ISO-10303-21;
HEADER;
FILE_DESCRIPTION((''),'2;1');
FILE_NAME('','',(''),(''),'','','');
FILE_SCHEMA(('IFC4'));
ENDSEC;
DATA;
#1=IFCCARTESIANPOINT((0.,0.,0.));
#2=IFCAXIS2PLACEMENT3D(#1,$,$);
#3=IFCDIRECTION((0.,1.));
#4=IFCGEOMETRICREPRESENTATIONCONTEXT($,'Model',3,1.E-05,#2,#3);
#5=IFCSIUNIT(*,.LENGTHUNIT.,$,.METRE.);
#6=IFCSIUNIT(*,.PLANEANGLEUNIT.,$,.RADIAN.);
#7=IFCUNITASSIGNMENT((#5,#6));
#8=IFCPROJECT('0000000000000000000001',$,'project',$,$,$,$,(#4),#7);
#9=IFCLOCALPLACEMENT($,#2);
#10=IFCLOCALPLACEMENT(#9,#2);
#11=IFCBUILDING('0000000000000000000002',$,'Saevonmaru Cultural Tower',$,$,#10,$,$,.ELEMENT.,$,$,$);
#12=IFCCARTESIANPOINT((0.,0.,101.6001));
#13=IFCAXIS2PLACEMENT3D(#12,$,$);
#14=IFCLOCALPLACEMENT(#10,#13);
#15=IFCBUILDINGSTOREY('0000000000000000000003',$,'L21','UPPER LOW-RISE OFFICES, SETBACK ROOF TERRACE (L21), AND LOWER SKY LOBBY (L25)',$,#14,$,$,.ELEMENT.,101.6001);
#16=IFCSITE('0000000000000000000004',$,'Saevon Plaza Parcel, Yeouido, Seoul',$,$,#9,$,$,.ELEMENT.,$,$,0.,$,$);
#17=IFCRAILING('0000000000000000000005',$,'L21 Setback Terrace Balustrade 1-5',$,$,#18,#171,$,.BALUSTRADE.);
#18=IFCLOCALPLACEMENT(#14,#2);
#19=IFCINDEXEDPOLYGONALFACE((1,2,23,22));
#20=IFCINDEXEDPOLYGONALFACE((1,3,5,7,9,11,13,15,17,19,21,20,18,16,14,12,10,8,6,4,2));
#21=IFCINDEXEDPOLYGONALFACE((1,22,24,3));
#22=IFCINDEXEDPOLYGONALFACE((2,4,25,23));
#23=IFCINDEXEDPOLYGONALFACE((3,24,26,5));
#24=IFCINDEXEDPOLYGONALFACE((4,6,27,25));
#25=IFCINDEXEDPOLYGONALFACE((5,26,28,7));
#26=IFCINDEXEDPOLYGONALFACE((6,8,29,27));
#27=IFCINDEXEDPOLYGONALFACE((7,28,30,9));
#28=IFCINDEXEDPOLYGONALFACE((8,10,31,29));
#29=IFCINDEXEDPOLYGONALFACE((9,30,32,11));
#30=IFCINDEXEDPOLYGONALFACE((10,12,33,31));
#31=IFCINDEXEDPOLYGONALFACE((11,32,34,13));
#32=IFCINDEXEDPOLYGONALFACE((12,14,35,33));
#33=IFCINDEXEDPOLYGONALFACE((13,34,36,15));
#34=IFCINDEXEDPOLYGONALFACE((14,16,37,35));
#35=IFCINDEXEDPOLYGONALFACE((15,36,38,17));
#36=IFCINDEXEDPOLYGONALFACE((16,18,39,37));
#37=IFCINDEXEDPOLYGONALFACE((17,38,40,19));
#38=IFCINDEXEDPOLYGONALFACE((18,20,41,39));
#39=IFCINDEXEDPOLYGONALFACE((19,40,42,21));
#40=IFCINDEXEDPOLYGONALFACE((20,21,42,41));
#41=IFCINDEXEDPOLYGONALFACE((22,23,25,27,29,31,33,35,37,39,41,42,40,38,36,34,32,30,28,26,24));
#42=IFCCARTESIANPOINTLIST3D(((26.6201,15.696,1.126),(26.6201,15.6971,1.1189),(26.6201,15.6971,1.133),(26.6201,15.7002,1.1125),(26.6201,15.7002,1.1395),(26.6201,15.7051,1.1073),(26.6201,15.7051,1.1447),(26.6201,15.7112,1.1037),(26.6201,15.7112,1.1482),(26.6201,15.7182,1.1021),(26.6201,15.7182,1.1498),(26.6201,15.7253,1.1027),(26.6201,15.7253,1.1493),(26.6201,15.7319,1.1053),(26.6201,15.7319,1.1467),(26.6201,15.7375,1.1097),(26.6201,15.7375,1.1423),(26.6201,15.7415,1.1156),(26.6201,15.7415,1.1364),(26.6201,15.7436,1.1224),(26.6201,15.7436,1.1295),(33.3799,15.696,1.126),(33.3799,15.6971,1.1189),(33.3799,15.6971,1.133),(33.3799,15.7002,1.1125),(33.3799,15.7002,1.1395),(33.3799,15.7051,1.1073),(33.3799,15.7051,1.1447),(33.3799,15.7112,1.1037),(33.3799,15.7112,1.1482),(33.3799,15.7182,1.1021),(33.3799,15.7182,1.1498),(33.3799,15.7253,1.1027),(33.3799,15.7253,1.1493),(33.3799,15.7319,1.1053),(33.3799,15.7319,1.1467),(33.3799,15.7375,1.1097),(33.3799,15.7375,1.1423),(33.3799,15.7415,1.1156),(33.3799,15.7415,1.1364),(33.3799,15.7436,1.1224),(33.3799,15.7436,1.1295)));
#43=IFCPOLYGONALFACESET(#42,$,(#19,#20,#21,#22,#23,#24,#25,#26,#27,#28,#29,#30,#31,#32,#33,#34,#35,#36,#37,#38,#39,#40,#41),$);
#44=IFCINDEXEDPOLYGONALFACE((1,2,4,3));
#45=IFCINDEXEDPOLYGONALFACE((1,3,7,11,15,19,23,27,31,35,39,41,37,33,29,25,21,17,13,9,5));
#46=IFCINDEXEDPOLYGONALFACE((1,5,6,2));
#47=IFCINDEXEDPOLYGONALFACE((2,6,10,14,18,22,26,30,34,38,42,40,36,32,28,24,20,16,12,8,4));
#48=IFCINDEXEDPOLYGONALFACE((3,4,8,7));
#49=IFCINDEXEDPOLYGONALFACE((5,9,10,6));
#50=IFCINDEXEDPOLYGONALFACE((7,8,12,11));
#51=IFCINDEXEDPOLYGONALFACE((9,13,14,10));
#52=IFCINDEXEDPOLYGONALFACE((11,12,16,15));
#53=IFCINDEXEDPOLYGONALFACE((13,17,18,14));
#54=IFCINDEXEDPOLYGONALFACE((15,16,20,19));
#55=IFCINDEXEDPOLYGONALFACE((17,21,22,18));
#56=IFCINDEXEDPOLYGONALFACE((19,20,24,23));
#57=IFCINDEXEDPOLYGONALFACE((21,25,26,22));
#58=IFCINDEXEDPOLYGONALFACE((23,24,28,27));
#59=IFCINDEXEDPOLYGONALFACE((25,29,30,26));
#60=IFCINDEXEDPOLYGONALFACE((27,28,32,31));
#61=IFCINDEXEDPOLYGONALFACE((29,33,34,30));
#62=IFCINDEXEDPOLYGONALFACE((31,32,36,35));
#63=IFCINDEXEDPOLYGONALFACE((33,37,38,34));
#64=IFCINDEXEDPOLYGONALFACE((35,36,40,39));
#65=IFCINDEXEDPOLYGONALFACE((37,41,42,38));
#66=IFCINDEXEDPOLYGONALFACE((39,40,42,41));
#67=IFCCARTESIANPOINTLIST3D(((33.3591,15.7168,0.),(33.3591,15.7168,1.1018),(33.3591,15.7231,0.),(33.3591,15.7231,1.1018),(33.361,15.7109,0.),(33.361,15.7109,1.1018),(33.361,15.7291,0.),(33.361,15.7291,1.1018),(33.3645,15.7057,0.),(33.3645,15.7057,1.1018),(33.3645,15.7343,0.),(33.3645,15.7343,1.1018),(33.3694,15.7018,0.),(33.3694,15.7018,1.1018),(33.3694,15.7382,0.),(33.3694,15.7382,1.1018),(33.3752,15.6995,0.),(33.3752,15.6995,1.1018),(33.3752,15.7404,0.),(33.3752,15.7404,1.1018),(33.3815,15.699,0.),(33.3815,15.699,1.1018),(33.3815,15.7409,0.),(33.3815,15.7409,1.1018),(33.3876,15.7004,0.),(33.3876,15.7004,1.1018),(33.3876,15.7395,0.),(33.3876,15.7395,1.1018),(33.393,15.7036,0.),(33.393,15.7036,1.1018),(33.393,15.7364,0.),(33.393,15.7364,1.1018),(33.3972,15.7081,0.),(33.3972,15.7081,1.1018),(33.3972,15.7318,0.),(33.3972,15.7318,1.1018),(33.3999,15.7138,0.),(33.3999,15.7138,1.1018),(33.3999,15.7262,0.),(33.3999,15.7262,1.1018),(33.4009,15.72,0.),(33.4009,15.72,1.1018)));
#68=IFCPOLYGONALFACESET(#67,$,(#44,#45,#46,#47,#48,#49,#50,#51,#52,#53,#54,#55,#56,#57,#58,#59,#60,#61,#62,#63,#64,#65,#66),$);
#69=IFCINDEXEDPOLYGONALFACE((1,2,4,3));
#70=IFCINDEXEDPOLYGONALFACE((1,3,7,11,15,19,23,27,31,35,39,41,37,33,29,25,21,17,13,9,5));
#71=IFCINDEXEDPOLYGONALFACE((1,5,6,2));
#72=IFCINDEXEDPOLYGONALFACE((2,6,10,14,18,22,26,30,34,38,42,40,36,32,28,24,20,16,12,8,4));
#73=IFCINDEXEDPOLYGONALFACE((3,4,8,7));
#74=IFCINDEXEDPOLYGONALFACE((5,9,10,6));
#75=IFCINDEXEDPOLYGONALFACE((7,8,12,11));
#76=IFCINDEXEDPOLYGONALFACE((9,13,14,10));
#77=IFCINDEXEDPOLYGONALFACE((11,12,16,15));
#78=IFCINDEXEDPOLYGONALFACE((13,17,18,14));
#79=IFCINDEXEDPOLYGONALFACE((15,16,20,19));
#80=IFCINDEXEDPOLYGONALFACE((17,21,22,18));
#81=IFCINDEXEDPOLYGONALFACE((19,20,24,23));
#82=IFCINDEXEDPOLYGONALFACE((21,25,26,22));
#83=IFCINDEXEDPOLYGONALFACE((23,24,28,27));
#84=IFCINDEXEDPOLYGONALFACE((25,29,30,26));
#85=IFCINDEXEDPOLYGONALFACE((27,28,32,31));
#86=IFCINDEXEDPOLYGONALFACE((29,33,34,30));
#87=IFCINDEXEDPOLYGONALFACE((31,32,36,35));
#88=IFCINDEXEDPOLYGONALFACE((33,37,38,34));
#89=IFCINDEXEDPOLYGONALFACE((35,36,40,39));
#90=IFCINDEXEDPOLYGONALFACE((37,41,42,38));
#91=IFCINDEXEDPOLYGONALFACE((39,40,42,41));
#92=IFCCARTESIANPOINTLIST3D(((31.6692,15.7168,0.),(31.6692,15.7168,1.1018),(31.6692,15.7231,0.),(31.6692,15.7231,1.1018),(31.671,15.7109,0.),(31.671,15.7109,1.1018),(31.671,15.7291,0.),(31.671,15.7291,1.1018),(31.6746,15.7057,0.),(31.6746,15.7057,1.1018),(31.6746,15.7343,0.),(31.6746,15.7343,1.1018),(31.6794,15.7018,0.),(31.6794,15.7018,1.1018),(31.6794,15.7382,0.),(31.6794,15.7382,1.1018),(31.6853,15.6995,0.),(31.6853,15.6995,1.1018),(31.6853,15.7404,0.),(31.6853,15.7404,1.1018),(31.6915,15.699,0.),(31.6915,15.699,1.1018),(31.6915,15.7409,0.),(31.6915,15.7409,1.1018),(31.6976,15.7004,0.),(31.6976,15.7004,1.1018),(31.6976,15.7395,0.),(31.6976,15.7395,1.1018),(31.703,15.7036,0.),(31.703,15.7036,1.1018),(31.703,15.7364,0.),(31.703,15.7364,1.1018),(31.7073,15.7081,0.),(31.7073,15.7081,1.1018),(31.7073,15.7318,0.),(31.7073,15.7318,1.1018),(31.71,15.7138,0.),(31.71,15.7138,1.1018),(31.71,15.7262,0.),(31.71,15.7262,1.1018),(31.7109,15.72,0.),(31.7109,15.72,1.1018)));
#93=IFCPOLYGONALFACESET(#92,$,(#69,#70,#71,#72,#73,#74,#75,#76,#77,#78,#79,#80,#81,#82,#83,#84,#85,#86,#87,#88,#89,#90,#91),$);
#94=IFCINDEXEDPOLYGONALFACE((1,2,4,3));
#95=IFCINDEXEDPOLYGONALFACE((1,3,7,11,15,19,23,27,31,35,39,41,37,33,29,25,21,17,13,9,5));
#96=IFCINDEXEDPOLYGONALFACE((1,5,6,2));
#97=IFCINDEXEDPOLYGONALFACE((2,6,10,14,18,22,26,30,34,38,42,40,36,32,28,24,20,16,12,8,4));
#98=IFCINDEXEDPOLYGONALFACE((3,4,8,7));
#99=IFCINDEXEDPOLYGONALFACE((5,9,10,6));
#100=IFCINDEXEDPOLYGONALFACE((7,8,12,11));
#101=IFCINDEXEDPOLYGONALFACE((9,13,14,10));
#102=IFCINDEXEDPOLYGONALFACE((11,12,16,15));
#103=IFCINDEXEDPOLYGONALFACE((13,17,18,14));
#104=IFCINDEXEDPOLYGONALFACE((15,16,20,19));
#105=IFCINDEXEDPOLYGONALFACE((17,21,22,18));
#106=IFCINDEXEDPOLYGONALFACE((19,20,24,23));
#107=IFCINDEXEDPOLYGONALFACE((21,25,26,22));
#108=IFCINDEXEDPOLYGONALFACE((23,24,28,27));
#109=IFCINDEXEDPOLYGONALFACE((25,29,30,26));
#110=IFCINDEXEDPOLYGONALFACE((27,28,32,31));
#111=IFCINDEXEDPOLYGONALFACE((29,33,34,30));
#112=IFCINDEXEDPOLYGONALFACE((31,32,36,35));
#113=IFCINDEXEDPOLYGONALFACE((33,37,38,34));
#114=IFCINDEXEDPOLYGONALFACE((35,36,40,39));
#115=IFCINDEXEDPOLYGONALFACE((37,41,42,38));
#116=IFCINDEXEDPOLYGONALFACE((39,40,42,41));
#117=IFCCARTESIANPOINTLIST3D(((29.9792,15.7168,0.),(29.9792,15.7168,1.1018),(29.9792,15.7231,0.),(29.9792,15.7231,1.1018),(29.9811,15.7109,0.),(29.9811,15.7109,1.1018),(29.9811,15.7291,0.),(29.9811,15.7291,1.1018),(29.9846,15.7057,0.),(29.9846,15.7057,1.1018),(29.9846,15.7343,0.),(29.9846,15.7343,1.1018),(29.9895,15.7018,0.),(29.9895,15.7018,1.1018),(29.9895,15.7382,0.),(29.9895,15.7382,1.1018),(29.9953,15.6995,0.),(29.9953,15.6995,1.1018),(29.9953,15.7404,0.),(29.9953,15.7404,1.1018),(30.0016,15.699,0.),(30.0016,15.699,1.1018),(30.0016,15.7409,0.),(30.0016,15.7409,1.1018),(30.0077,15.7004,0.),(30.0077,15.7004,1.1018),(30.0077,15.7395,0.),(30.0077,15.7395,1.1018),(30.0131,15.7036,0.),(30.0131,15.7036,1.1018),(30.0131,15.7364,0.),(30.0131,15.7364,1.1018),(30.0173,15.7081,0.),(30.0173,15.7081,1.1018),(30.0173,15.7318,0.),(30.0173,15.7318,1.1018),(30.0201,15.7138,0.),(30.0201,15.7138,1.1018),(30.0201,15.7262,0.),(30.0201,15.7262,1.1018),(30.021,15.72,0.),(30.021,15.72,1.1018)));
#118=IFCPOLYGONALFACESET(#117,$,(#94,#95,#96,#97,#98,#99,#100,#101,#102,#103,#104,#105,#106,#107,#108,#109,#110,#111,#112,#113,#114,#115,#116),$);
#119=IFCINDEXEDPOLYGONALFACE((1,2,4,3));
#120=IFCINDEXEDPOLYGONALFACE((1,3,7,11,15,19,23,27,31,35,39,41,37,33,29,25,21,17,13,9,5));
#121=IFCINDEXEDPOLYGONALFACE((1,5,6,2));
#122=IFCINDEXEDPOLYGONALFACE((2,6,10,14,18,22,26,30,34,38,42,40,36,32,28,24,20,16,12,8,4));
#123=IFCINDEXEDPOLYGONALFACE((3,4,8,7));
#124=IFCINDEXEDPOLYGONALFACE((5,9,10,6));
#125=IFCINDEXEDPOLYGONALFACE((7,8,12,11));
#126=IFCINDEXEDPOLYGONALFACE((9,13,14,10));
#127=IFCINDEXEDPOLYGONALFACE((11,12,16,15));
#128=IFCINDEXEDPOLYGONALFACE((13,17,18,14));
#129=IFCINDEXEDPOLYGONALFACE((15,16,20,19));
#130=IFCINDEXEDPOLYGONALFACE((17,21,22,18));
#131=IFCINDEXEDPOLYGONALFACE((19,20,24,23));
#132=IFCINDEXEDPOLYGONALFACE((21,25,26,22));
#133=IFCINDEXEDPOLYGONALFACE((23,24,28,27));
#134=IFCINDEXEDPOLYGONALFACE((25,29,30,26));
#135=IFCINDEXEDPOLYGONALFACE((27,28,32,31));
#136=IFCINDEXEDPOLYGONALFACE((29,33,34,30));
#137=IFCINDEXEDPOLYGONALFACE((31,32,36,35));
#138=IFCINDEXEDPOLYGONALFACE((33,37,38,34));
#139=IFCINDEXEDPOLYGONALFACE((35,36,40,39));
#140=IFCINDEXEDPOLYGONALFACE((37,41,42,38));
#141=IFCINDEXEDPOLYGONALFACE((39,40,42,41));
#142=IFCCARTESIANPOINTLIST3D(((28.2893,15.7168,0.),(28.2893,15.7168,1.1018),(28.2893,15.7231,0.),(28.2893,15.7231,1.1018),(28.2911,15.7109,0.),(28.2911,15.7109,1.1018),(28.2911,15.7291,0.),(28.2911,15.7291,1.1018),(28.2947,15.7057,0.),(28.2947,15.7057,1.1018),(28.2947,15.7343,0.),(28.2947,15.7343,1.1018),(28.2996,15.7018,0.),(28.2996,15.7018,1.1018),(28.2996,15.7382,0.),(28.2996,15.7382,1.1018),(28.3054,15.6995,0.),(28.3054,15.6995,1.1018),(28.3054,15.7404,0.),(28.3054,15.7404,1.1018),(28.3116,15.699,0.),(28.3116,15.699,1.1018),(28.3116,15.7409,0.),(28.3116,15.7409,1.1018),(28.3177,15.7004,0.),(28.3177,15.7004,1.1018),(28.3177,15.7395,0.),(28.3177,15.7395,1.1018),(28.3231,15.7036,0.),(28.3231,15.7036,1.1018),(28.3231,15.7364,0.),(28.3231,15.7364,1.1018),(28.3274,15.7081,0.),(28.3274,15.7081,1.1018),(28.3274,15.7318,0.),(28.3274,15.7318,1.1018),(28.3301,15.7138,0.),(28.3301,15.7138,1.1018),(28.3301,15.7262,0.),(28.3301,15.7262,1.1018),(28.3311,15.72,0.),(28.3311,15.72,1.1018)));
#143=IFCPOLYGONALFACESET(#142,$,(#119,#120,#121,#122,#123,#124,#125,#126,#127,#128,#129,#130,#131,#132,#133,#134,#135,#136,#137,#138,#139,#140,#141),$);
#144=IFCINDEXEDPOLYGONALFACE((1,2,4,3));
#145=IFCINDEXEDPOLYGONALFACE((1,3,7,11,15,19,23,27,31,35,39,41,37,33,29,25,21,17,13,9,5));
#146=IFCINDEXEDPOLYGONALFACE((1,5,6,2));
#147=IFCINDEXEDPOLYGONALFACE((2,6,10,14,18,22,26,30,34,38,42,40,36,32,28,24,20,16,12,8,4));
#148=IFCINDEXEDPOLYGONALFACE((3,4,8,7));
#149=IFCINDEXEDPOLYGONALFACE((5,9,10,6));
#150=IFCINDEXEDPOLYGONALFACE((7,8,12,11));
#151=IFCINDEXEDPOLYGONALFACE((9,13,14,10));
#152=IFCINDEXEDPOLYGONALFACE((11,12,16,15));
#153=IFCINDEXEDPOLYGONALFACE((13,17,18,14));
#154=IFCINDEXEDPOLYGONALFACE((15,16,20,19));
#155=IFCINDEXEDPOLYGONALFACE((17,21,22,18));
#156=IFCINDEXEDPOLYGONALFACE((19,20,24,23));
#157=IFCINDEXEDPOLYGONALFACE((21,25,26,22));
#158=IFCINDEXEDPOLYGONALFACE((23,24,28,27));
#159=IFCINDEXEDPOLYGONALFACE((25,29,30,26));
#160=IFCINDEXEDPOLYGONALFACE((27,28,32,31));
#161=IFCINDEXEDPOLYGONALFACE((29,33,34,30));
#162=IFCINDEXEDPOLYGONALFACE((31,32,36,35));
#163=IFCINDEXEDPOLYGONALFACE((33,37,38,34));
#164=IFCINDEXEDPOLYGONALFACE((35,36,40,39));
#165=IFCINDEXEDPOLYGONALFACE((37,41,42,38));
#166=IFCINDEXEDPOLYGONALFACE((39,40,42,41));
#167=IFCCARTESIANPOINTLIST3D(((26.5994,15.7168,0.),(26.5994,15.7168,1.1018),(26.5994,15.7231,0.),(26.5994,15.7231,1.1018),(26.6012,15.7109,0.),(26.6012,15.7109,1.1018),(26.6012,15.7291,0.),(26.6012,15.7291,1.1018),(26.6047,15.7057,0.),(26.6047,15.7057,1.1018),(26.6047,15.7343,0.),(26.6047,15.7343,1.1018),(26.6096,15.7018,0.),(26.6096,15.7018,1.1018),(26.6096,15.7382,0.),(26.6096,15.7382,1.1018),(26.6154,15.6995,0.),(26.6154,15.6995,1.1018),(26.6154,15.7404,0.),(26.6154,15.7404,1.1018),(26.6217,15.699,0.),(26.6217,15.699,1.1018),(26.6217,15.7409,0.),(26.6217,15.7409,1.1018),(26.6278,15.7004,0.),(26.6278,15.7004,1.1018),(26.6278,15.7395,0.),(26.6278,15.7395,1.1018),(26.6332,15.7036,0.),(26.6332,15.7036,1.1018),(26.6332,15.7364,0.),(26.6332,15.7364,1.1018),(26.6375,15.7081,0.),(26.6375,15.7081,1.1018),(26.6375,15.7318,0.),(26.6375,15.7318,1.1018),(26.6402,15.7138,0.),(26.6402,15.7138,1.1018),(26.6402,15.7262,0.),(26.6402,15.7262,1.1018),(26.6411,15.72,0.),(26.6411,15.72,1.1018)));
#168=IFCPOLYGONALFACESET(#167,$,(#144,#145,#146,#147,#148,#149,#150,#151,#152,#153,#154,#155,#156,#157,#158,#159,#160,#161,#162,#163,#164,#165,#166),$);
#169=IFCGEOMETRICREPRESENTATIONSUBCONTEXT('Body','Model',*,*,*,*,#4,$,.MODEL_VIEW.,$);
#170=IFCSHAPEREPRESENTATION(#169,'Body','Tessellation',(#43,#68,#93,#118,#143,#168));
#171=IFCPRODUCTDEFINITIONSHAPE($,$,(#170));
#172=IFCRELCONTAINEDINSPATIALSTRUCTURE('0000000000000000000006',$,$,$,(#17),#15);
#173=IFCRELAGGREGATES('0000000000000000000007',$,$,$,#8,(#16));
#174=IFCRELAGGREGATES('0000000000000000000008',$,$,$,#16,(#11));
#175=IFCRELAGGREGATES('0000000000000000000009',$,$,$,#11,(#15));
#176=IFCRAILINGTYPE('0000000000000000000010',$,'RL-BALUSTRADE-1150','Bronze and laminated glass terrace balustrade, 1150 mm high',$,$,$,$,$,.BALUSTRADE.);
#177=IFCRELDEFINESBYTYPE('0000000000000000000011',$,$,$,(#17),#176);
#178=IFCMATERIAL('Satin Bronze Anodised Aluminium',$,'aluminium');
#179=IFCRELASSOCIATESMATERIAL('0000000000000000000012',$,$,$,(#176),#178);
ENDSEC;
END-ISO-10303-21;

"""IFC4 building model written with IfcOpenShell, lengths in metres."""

from ifc_helpers import new_model, si_unit, direction, frame, origin, origin_2d, place, context, subcontext, project, spatial, circle, extrude, material, type_object, element, save


model = new_model("IFC4")

# Units and contexts
model_context = context("Model", 3, precision=1e-05, world=origin(), true_north=direction((0.0, 1.0)))
body_context = subcontext(model_context, "Body", "Model", "MODEL_VIEW")
ifc_project = project(units=[si_unit("LENGTHUNIT", "METRE"), si_unit("PLANEANGLEUNIT", "RADIAN")], contexts=[model_context])

# Site, building, storey
site_placement = place(None, origin())
site = spatial("IfcSite", under=ifc_project, at=site_placement, Name="Saevon Plaza Parcel, Yeouido, Seoul", CompositionType="ELEMENT", RefElevation=0.0)
building_placement = place(site_placement, origin())
building = spatial("IfcBuilding", under=site, at=building_placement, Name="Saevonmaru Cultural Tower", CompositionType="ELEMENT")
storey_placement = place(building_placement, frame((0.0, 0.0, 101.6001)))
storey = spatial("IfcBuildingStorey", under=building, at=storey_placement, Name="L21", Description="UPPER LOW-RISE OFFICES, SETBACK ROOF TERRACE (L21), AND LOWER SKY LOBBY (L25)", CompositionType="ELEMENT", Elevation=101.6001)

# Shared definitions
ifc_material_1 = material(Name="Satin Bronze Anodised Aluminium", Category="aluminium")

# Railing
railing_type = type_object("IfcRailingType", Name="RL-BALUSTRADE-1150", Description="Bronze and laminated glass terrace balustrade, 1150 mm high", PredefinedType="BALUSTRADE", material=ifc_material_1)
railing_1_placement = place(storey_placement, frame((33.3799, 15.72, 0.0)))
element("IfcRailing", 1, at=railing_1_placement, inside=storey, type_object=railing_type, Name="L21 Setback Terrace Balustrade 1-5", PredefinedType="BALUSTRADE", context=body_context, shape_type="SweptSolid", body=[
    extrude(circle(Radius=0.0239, at=origin_2d()), frame((0.0, 0.0, 1.126), z_axis=(-1.0, 0.0, 0.0), x_axis=(0.0, -1.0, 0.0)), (0.0, 0.0, 1.0), 6.7598),
    extrude(circle(Radius=0.021, at=origin_2d()), origin(), (0.0, 0.0, 1.0), 1.1018),
    extrude(circle(Radius=0.021, at=origin_2d()), frame((-1.6899, 0.0, 0.0)), (0.0, 0.0, 1.0), 1.1018),
    extrude(circle(Radius=0.021, at=origin_2d()), frame((-3.3799, 0.0, 0.0)), (0.0, 0.0, 1.0), 1.1018),
    extrude(circle(Radius=0.021, at=origin_2d()), frame((-5.0698, 0.0, 0.0)), (0.0, 0.0, 1.0), 1.1018),
    extrude(circle(Radius=0.021, at=origin_2d()), frame((-6.7598, 0.0, 0.0)), (0.0, 0.0, 1.0), 1.1018),
])

save(model, "model.ifc")
